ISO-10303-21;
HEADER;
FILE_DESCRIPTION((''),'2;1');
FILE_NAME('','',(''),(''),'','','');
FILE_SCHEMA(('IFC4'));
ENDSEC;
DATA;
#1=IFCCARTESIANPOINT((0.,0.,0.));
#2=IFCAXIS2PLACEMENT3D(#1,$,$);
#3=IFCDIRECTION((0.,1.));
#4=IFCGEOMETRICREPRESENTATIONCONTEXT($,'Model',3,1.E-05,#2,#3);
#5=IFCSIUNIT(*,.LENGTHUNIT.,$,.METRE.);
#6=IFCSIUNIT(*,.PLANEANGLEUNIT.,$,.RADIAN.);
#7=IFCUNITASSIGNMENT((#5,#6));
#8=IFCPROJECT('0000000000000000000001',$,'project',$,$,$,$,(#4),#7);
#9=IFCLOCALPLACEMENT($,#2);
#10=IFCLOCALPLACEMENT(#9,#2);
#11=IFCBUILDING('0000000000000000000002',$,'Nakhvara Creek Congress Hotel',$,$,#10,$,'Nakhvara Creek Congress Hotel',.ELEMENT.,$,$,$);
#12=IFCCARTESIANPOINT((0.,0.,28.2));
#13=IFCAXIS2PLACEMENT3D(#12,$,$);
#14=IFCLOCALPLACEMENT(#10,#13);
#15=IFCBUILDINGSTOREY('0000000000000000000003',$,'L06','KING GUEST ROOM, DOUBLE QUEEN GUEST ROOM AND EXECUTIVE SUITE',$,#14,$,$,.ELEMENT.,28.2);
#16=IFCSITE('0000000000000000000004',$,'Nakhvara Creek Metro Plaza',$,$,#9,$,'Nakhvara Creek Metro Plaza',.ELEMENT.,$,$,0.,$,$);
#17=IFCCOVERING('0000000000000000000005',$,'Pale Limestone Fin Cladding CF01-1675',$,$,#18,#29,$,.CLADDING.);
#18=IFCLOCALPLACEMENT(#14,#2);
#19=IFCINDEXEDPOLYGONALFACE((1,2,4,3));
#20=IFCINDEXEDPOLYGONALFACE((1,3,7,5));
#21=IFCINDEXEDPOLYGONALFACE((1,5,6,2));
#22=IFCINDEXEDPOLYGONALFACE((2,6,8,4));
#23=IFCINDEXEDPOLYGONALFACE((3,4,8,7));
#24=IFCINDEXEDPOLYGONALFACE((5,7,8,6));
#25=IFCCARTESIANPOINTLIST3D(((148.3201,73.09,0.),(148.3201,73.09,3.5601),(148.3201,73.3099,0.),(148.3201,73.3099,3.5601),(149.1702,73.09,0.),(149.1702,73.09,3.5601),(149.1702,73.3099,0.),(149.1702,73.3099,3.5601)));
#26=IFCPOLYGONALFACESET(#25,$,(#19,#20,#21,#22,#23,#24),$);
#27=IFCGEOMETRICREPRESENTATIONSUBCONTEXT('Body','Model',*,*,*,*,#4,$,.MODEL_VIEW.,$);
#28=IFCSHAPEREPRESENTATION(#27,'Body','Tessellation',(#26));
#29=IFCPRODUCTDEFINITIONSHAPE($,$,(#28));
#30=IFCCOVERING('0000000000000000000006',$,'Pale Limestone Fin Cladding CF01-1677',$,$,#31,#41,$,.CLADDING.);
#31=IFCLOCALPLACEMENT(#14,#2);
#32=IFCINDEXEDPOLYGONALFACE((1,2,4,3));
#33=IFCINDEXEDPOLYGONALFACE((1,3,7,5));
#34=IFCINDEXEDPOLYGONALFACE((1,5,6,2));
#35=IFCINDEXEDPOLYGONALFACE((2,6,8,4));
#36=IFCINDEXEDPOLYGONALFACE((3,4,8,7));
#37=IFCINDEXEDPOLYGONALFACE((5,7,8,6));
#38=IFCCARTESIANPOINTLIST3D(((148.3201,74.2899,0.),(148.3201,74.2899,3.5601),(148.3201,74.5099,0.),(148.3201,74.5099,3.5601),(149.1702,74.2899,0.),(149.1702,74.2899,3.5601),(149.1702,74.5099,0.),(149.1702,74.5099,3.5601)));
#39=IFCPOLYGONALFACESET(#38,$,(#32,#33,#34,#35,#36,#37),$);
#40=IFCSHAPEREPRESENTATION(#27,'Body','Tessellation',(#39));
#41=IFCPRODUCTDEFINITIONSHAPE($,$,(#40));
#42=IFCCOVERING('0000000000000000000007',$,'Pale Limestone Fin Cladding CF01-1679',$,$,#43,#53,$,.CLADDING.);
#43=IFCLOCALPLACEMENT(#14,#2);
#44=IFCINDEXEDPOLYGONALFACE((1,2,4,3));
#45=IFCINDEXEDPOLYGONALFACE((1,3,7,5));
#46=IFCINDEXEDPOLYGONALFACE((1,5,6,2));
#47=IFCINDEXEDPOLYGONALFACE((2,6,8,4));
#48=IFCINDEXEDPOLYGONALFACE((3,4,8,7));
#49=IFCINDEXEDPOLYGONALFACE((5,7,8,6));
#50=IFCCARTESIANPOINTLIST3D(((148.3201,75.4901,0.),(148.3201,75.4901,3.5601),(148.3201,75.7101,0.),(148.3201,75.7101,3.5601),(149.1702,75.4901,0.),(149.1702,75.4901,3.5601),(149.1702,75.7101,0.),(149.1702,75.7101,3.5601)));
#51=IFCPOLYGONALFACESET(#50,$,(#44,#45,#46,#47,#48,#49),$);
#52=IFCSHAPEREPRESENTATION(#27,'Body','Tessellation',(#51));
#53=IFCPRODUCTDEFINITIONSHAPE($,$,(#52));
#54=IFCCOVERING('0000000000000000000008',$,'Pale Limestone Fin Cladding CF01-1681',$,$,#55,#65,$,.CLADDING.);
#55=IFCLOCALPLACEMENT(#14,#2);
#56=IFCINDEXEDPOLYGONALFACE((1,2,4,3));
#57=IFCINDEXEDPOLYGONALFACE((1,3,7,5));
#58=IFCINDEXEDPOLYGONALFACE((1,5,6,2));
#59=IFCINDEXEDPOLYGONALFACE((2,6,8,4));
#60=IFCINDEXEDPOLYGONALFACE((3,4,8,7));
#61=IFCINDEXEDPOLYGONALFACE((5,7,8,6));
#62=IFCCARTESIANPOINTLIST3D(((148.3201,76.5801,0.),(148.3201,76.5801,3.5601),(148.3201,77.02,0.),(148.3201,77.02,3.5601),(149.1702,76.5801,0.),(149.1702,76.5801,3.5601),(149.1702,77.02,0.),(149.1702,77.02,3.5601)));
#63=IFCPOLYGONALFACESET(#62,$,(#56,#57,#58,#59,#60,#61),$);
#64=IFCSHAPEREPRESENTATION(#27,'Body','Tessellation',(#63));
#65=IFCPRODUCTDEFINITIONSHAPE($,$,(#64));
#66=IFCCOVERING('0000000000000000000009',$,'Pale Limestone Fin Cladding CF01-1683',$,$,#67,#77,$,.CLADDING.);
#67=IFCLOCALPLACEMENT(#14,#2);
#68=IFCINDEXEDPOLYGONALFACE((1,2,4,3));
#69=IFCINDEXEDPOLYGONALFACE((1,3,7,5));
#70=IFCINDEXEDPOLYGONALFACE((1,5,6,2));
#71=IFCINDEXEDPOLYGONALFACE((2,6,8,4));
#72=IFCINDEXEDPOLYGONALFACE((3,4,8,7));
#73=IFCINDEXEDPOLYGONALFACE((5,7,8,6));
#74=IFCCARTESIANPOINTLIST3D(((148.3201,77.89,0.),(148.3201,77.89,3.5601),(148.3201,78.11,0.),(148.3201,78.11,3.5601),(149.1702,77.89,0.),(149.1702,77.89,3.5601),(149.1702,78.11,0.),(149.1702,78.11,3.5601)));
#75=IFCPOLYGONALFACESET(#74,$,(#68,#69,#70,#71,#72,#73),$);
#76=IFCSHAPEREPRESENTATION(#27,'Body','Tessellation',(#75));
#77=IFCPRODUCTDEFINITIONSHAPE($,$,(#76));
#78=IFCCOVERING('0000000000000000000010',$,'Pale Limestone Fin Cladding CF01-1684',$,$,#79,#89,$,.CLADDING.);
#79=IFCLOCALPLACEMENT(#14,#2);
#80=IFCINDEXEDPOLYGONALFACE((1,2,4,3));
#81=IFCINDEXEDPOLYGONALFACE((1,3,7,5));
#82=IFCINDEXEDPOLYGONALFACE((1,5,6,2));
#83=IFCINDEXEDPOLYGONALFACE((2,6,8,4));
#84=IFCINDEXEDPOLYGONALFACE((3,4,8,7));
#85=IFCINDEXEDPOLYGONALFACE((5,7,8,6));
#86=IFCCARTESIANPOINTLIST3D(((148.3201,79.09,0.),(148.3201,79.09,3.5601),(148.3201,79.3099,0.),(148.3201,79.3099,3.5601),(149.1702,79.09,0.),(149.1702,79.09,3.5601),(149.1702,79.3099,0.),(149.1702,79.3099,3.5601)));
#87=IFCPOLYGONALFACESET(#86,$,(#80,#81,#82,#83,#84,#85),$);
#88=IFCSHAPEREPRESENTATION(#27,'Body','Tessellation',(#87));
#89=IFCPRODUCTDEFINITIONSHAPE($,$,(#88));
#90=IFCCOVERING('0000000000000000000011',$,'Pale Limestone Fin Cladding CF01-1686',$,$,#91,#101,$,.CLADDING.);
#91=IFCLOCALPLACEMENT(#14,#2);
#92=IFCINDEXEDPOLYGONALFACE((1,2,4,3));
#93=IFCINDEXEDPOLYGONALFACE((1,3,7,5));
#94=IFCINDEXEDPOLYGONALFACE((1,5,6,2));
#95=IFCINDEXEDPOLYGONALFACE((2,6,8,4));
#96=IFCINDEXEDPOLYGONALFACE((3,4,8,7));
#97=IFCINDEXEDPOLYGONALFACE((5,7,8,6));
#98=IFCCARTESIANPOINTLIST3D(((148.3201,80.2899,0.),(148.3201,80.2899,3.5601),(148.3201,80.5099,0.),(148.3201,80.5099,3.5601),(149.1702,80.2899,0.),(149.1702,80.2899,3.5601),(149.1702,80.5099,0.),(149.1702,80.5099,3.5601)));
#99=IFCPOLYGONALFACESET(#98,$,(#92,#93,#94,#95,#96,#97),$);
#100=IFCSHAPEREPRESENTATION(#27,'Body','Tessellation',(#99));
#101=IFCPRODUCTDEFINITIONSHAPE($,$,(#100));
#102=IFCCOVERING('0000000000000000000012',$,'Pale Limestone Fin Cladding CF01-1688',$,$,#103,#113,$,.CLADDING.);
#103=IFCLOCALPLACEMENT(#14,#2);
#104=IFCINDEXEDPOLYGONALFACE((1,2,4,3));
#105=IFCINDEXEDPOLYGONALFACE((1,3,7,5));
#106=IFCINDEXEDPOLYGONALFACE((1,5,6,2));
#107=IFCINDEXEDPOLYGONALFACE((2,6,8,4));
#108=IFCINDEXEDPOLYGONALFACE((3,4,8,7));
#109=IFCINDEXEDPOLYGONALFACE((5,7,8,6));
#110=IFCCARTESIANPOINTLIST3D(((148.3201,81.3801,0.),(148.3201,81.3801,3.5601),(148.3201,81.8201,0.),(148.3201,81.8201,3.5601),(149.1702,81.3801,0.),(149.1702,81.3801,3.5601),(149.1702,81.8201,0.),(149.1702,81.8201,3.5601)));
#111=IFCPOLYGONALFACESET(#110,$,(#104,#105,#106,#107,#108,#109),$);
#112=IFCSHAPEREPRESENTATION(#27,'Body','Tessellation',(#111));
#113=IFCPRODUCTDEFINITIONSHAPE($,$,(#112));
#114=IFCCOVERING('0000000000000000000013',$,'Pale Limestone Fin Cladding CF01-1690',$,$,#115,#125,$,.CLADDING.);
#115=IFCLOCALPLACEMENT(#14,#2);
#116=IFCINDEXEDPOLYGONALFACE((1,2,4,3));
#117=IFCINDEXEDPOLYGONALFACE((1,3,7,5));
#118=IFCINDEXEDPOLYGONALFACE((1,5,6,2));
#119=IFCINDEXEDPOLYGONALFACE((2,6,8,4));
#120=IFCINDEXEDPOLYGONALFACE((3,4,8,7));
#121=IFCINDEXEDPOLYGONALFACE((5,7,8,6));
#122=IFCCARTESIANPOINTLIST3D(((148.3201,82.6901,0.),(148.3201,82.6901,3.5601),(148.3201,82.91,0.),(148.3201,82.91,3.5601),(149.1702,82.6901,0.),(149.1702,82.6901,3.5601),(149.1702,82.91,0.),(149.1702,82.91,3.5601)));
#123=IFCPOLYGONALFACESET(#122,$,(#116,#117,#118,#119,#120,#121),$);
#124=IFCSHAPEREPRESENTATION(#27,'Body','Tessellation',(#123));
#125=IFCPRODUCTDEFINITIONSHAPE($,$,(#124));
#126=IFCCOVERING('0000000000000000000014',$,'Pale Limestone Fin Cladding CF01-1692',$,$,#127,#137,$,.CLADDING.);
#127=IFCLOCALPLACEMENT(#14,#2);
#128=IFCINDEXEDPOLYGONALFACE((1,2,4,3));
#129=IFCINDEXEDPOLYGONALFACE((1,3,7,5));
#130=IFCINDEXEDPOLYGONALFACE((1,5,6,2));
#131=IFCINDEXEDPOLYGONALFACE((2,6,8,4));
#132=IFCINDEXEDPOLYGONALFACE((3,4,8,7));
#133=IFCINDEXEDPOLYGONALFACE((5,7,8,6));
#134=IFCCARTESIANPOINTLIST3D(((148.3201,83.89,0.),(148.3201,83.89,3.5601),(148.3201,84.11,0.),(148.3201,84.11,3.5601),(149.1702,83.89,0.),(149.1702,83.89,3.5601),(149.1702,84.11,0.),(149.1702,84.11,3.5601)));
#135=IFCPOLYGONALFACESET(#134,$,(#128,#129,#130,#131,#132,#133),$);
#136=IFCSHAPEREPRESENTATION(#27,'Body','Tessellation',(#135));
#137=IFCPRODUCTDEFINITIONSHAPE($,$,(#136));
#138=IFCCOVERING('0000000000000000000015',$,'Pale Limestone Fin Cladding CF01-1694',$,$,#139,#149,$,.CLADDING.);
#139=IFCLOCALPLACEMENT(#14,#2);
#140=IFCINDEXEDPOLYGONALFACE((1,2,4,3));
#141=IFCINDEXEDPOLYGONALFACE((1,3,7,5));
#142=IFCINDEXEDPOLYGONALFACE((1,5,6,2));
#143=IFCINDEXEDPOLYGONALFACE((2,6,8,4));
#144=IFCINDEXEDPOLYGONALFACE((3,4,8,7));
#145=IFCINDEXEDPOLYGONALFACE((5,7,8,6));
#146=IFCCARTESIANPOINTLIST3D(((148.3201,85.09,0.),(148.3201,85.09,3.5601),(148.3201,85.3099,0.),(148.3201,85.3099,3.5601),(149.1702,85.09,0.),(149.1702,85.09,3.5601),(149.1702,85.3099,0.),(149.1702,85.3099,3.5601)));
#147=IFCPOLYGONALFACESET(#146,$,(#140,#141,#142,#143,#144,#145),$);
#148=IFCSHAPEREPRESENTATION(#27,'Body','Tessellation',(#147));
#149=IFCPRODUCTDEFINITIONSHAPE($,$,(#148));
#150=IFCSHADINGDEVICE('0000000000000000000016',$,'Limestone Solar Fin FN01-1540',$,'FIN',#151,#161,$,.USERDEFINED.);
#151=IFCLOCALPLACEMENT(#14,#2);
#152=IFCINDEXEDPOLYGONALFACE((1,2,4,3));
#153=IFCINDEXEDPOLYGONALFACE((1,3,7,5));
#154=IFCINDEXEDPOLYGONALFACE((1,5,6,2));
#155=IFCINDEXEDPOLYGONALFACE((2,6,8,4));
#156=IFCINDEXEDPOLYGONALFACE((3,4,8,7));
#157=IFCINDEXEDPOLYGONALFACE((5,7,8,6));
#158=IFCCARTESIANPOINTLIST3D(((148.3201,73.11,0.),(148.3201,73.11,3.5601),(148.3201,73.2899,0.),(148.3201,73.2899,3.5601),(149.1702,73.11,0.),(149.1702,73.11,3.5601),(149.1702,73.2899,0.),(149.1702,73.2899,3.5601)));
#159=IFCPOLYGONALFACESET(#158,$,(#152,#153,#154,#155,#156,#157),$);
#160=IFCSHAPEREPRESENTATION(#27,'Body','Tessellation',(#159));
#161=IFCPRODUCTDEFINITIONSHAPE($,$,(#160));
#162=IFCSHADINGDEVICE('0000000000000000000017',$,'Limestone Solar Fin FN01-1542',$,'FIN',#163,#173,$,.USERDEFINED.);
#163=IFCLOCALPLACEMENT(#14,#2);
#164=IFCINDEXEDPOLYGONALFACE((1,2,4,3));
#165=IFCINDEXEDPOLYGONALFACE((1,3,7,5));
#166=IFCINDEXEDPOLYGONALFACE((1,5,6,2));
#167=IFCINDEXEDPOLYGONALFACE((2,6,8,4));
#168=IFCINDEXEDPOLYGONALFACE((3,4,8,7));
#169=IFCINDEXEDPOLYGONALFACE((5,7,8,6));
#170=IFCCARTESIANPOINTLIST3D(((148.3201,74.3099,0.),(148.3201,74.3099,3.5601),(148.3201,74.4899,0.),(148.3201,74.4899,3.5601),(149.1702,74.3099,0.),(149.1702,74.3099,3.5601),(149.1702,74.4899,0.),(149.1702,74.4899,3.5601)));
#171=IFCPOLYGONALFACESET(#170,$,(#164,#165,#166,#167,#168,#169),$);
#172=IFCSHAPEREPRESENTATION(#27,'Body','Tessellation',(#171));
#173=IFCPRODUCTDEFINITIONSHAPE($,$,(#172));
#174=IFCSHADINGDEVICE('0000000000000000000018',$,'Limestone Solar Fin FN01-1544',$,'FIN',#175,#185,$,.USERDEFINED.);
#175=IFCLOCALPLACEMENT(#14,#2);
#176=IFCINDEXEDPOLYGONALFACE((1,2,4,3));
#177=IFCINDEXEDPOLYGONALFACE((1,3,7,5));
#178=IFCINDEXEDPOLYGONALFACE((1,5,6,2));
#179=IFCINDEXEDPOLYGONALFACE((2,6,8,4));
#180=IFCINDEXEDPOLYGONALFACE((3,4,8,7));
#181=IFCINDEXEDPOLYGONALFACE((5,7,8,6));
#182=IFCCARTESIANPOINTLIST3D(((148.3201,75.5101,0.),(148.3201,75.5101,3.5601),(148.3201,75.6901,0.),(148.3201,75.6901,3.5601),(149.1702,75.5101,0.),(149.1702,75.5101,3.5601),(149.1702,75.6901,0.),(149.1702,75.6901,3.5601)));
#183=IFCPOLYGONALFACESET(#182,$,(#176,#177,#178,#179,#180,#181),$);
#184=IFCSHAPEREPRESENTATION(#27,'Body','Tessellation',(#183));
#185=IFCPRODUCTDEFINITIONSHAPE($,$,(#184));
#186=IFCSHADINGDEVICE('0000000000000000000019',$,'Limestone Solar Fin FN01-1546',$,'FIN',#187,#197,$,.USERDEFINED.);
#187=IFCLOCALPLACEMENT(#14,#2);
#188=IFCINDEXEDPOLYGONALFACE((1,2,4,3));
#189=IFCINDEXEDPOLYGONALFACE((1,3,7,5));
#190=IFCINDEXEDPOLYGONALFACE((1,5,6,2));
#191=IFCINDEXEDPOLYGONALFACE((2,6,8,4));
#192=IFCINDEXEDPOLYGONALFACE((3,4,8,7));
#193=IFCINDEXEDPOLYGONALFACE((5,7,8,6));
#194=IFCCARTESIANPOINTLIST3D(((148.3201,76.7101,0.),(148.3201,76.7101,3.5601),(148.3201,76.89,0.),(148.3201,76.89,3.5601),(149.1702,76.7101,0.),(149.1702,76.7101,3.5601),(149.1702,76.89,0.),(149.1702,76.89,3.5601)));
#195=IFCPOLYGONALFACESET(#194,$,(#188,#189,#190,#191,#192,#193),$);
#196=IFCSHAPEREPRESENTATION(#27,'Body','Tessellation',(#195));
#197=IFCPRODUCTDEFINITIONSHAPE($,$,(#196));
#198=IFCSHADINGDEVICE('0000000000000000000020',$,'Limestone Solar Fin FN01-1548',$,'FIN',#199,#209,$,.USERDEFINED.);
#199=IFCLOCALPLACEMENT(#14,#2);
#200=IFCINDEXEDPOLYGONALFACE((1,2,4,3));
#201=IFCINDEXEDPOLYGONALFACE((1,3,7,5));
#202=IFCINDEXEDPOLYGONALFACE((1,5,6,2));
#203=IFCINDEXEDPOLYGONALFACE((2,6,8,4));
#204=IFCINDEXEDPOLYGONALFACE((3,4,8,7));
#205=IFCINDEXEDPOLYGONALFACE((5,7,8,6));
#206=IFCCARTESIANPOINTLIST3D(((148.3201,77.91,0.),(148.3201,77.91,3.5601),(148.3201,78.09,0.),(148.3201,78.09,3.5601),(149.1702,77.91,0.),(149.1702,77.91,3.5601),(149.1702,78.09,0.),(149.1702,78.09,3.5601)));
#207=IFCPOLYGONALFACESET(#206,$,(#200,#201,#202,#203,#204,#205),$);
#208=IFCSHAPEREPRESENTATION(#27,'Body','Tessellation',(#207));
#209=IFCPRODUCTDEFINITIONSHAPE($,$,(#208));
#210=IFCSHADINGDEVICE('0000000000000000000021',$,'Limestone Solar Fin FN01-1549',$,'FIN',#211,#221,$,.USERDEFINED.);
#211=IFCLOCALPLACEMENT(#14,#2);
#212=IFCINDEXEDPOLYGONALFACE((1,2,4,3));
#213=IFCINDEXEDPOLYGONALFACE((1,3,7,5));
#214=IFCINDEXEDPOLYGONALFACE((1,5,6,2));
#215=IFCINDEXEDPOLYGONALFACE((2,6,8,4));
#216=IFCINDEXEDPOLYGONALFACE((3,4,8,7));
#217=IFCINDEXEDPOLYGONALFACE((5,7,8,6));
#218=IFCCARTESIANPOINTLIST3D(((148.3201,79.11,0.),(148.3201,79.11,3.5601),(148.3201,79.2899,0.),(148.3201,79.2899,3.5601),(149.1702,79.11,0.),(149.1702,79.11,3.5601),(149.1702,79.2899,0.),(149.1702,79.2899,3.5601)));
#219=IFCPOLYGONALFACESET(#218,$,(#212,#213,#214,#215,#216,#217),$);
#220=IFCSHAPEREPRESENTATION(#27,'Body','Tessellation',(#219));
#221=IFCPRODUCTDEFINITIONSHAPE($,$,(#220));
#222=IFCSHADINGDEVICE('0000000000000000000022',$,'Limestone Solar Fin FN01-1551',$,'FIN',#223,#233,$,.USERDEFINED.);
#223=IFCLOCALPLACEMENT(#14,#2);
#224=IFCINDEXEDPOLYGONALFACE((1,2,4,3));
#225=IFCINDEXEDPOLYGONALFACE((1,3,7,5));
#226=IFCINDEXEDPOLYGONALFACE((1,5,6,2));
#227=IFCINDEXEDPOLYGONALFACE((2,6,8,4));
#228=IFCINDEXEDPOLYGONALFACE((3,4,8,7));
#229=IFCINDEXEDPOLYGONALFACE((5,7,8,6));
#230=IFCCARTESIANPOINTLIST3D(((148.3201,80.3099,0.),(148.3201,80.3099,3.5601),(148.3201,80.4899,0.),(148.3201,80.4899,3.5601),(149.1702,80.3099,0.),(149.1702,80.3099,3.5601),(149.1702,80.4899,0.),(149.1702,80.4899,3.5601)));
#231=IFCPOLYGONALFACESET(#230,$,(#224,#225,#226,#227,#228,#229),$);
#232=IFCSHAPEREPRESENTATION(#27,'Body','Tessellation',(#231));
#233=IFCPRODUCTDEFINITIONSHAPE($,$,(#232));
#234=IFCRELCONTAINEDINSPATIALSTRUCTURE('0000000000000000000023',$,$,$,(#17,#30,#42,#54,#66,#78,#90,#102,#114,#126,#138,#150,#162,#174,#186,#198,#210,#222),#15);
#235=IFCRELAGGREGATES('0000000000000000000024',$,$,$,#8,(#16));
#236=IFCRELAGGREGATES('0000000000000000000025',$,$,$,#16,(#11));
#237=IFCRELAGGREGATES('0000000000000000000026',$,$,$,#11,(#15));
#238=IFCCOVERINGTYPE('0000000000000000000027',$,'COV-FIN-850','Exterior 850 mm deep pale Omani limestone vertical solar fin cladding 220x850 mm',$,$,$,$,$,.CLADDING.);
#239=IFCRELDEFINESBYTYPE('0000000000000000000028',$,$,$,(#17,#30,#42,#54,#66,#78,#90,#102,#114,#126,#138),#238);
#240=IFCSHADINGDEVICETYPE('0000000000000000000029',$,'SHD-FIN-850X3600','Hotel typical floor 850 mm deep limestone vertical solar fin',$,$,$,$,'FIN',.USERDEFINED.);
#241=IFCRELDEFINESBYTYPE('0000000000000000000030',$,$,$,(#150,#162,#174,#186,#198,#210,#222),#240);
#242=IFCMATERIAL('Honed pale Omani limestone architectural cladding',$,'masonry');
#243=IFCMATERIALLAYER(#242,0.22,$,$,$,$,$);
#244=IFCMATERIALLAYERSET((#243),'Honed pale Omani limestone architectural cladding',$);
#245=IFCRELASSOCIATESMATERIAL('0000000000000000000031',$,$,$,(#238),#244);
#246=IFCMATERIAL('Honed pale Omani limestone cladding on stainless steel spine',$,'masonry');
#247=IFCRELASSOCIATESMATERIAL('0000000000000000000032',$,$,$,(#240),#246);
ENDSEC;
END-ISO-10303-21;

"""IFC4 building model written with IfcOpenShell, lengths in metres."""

from ifc_helpers import new_model, si_unit, direction, frame, origin, origin_2d, place, context, subcontext, project, spatial, rectangle, extrude, material, layer, layer_set, type_object, element, save


model = new_model("IFC4")

# Units and contexts
model_context = context("Model", 3, precision=1e-05, world=origin(), true_north=direction((0.0, 1.0)))
body_context = subcontext(model_context, "Body", "Model", "MODEL_VIEW")
ifc_project = project(units=[si_unit("LENGTHUNIT", "METRE"), si_unit("PLANEANGLEUNIT", "RADIAN")], contexts=[model_context])

# Site, building, storey
site_placement = place(None, origin())
site = spatial("IfcSite", under=ifc_project, at=site_placement, Name="Nakhvara Creek Metro Plaza", LongName="Nakhvara Creek Metro Plaza", CompositionType="ELEMENT", RefElevation=0.0)
building_placement = place(site_placement, origin())
building = spatial("IfcBuilding", under=site, at=building_placement, Name="Nakhvara Creek Congress Hotel", LongName="Nakhvara Creek Congress Hotel", CompositionType="ELEMENT")
storey_placement = place(building_placement, frame((0.0, 0.0, 28.2)))
storey = spatial("IfcBuildingStorey", under=building, at=storey_placement, Name="L06", Description="KING GUEST ROOM, DOUBLE QUEEN GUEST ROOM AND EXECUTIVE SUITE", CompositionType="ELEMENT", Elevation=28.2)

# Coverings
ifc_material_1 = material(Name="Honed pale Omani limestone architectural cladding", Category="masonry")
ifc_layer = layer(ifc_material_1, 0.22)
ifc_layer_set = layer_set([ifc_layer], Name="Honed pale Omani limestone architectural cladding")
covering_type = type_object("IfcCoveringType", Name="COV-FIN-850", Description="Exterior 850 mm deep pale Omani limestone vertical solar fin cladding 220x850 mm", PredefinedType="CLADDING", material=ifc_layer_set)
for number, where, z_axis, x_axis, name in (
    (1, (148.7451, 73.2, 0.0), (0.0, 0.0, 1.0), (0.0, 1.0, 0.0), "Pale Limestone Fin Cladding CF01-1675"),
    (2, (148.7451, 74.3999, 0.0), (0.0, 0.0, 1.0), (0.0, 1.0, 0.0), "Pale Limestone Fin Cladding CF01-1677"),
    (3, (148.7451, 75.6001, 0.0), (0.0, 0.0, 1.0), (0.0, 1.0, 0.0), "Pale Limestone Fin Cladding CF01-1679"),
):
    element("IfcCovering", number, at=place(storey_placement, frame(where, z_axis=z_axis, x_axis=x_axis)), inside=storey, type_object=covering_type, Name=name, PredefinedType="CLADDING", context=body_context, shape_type="SweptSolid", body=[
        extrude(rectangle(XDim=0.22, YDim=0.8501, at=origin_2d()), origin(), (0.0, 0.0, 1.0), 3.5601),
    ])
covering_1_placement = place(storey_placement, frame((148.7451, 76.8, 0.0), z_axis=(0.0, 0.0, 1.0), x_axis=(0.0, 1.0, 0.0)))
element("IfcCovering", 4, at=covering_1_placement, inside=storey, type_object=covering_type, Name="Pale Limestone Fin Cladding CF01-1681", PredefinedType="CLADDING", context=body_context, shape_type="SweptSolid", body=[
    extrude(rectangle(XDim=0.4399, YDim=0.8501, at=origin_2d()), origin(), (0.0, 0.0, 1.0), 3.5601),
])
for number, where, z_axis, x_axis, name in (
    (5, (148.7451, 78.0, 0.0), (0.0, 0.0, 1.0), (0.0, 1.0, 0.0), "Pale Limestone Fin Cladding CF01-1683"),
    (6, (148.7451, 79.2, 0.0), (0.0, 0.0, 1.0), (0.0, 1.0, 0.0), "Pale Limestone Fin Cladding CF01-1684"),
    (7, (148.7451, 80.3999, 0.0), (0.0, 0.0, 1.0), (0.0, 1.0, 0.0), "Pale Limestone Fin Cladding CF01-1686"),
):
    element("IfcCovering", number, at=place(storey_placement, frame(where, z_axis=z_axis, x_axis=x_axis)), inside=storey, type_object=covering_type, Name=name, PredefinedType="CLADDING", context=body_context, shape_type="SweptSolid", body=[
        extrude(rectangle(XDim=0.22, YDim=0.8501, at=origin_2d()), origin(), (0.0, 0.0, 1.0), 3.5601),
    ])
covering_2_placement = place(storey_placement, frame((148.7451, 81.6001, 0.0), z_axis=(0.0, 0.0, 1.0), x_axis=(0.0, 1.0, 0.0)))
element("IfcCovering", 8, at=covering_2_placement, inside=storey, type_object=covering_type, Name="Pale Limestone Fin Cladding CF01-1688", PredefinedType="CLADDING", context=body_context, shape_type="SweptSolid", body=[
    extrude(rectangle(XDim=0.4399, YDim=0.8501, at=origin_2d()), origin(), (0.0, 0.0, 1.0), 3.5601),
])
for number, where, z_axis, x_axis, name in (
    (9, (148.7451, 82.8, 0.0), (0.0, 0.0, 1.0), (0.0, 1.0, 0.0), "Pale Limestone Fin Cladding CF01-1690"),
    (10, (148.7451, 84.0, 0.0), (0.0, 0.0, 1.0), (0.0, 1.0, 0.0), "Pale Limestone Fin Cladding CF01-1692"),
    (11, (148.7451, 85.2, 0.0), (0.0, 0.0, 1.0), (0.0, 1.0, 0.0), "Pale Limestone Fin Cladding CF01-1694"),
):
    element("IfcCovering", number, at=place(storey_placement, frame(where, z_axis=z_axis, x_axis=x_axis)), inside=storey, type_object=covering_type, Name=name, PredefinedType="CLADDING", context=body_context, shape_type="SweptSolid", body=[
        extrude(rectangle(XDim=0.22, YDim=0.8501, at=origin_2d()), origin(), (0.0, 0.0, 1.0), 3.5601),
    ])

# Shading devices
ifc_material_2 = material(Name="Honed pale Omani limestone cladding on stainless steel spine", Category="masonry")
shading_device_type = type_object("IfcShadingDeviceType", Name="SHD-FIN-850X3600", Description="Hotel typical floor 850 mm deep limestone vertical solar fin", ElementType="FIN", PredefinedType="USERDEFINED", material=ifc_material_2)
for number, where, z_axis, x_axis, name in (
    (12, (148.7451, 73.2, 0.0), (0.0, 0.0, 1.0), (0.0, 1.0, 0.0), "Limestone Solar Fin FN01-1540"),
    (13, (148.7451, 74.3999, 0.0), (0.0, 0.0, 1.0), (0.0, 1.0, 0.0), "Limestone Solar Fin FN01-1542"),
    (14, (148.7451, 75.6001, 0.0), (0.0, 0.0, 1.0), (0.0, 1.0, 0.0), "Limestone Solar Fin FN01-1544"),
    (15, (148.7451, 76.8, 0.0), (0.0, 0.0, 1.0), (0.0, 1.0, 0.0), "Limestone Solar Fin FN01-1546"),
    (16, (148.7451, 78.0, 0.0), (0.0, 0.0, 1.0), (0.0, 1.0, 0.0), "Limestone Solar Fin FN01-1548"),
    (17, (148.7451, 79.2, 0.0), (0.0, 0.0, 1.0), (0.0, 1.0, 0.0), "Limestone Solar Fin FN01-1549"),
    (18, (148.7451, 80.3999, 0.0), (0.0, 0.0, 1.0), (0.0, 1.0, 0.0), "Limestone Solar Fin FN01-1551"),
):
    element("IfcShadingDevice", number, at=place(storey_placement, frame(where, z_axis=z_axis, x_axis=x_axis)), inside=storey, type_object=shading_device_type, Name=name, ObjectType="FIN", PredefinedType="USERDEFINED", context=body_context, shape_type="SweptSolid", body=[
        extrude(rectangle(XDim=0.1799, YDim=0.8501, at=origin_2d()), origin(), (0.0, 0.0, 1.0), 3.5601),
    ])

save(model, "model.ifc")
